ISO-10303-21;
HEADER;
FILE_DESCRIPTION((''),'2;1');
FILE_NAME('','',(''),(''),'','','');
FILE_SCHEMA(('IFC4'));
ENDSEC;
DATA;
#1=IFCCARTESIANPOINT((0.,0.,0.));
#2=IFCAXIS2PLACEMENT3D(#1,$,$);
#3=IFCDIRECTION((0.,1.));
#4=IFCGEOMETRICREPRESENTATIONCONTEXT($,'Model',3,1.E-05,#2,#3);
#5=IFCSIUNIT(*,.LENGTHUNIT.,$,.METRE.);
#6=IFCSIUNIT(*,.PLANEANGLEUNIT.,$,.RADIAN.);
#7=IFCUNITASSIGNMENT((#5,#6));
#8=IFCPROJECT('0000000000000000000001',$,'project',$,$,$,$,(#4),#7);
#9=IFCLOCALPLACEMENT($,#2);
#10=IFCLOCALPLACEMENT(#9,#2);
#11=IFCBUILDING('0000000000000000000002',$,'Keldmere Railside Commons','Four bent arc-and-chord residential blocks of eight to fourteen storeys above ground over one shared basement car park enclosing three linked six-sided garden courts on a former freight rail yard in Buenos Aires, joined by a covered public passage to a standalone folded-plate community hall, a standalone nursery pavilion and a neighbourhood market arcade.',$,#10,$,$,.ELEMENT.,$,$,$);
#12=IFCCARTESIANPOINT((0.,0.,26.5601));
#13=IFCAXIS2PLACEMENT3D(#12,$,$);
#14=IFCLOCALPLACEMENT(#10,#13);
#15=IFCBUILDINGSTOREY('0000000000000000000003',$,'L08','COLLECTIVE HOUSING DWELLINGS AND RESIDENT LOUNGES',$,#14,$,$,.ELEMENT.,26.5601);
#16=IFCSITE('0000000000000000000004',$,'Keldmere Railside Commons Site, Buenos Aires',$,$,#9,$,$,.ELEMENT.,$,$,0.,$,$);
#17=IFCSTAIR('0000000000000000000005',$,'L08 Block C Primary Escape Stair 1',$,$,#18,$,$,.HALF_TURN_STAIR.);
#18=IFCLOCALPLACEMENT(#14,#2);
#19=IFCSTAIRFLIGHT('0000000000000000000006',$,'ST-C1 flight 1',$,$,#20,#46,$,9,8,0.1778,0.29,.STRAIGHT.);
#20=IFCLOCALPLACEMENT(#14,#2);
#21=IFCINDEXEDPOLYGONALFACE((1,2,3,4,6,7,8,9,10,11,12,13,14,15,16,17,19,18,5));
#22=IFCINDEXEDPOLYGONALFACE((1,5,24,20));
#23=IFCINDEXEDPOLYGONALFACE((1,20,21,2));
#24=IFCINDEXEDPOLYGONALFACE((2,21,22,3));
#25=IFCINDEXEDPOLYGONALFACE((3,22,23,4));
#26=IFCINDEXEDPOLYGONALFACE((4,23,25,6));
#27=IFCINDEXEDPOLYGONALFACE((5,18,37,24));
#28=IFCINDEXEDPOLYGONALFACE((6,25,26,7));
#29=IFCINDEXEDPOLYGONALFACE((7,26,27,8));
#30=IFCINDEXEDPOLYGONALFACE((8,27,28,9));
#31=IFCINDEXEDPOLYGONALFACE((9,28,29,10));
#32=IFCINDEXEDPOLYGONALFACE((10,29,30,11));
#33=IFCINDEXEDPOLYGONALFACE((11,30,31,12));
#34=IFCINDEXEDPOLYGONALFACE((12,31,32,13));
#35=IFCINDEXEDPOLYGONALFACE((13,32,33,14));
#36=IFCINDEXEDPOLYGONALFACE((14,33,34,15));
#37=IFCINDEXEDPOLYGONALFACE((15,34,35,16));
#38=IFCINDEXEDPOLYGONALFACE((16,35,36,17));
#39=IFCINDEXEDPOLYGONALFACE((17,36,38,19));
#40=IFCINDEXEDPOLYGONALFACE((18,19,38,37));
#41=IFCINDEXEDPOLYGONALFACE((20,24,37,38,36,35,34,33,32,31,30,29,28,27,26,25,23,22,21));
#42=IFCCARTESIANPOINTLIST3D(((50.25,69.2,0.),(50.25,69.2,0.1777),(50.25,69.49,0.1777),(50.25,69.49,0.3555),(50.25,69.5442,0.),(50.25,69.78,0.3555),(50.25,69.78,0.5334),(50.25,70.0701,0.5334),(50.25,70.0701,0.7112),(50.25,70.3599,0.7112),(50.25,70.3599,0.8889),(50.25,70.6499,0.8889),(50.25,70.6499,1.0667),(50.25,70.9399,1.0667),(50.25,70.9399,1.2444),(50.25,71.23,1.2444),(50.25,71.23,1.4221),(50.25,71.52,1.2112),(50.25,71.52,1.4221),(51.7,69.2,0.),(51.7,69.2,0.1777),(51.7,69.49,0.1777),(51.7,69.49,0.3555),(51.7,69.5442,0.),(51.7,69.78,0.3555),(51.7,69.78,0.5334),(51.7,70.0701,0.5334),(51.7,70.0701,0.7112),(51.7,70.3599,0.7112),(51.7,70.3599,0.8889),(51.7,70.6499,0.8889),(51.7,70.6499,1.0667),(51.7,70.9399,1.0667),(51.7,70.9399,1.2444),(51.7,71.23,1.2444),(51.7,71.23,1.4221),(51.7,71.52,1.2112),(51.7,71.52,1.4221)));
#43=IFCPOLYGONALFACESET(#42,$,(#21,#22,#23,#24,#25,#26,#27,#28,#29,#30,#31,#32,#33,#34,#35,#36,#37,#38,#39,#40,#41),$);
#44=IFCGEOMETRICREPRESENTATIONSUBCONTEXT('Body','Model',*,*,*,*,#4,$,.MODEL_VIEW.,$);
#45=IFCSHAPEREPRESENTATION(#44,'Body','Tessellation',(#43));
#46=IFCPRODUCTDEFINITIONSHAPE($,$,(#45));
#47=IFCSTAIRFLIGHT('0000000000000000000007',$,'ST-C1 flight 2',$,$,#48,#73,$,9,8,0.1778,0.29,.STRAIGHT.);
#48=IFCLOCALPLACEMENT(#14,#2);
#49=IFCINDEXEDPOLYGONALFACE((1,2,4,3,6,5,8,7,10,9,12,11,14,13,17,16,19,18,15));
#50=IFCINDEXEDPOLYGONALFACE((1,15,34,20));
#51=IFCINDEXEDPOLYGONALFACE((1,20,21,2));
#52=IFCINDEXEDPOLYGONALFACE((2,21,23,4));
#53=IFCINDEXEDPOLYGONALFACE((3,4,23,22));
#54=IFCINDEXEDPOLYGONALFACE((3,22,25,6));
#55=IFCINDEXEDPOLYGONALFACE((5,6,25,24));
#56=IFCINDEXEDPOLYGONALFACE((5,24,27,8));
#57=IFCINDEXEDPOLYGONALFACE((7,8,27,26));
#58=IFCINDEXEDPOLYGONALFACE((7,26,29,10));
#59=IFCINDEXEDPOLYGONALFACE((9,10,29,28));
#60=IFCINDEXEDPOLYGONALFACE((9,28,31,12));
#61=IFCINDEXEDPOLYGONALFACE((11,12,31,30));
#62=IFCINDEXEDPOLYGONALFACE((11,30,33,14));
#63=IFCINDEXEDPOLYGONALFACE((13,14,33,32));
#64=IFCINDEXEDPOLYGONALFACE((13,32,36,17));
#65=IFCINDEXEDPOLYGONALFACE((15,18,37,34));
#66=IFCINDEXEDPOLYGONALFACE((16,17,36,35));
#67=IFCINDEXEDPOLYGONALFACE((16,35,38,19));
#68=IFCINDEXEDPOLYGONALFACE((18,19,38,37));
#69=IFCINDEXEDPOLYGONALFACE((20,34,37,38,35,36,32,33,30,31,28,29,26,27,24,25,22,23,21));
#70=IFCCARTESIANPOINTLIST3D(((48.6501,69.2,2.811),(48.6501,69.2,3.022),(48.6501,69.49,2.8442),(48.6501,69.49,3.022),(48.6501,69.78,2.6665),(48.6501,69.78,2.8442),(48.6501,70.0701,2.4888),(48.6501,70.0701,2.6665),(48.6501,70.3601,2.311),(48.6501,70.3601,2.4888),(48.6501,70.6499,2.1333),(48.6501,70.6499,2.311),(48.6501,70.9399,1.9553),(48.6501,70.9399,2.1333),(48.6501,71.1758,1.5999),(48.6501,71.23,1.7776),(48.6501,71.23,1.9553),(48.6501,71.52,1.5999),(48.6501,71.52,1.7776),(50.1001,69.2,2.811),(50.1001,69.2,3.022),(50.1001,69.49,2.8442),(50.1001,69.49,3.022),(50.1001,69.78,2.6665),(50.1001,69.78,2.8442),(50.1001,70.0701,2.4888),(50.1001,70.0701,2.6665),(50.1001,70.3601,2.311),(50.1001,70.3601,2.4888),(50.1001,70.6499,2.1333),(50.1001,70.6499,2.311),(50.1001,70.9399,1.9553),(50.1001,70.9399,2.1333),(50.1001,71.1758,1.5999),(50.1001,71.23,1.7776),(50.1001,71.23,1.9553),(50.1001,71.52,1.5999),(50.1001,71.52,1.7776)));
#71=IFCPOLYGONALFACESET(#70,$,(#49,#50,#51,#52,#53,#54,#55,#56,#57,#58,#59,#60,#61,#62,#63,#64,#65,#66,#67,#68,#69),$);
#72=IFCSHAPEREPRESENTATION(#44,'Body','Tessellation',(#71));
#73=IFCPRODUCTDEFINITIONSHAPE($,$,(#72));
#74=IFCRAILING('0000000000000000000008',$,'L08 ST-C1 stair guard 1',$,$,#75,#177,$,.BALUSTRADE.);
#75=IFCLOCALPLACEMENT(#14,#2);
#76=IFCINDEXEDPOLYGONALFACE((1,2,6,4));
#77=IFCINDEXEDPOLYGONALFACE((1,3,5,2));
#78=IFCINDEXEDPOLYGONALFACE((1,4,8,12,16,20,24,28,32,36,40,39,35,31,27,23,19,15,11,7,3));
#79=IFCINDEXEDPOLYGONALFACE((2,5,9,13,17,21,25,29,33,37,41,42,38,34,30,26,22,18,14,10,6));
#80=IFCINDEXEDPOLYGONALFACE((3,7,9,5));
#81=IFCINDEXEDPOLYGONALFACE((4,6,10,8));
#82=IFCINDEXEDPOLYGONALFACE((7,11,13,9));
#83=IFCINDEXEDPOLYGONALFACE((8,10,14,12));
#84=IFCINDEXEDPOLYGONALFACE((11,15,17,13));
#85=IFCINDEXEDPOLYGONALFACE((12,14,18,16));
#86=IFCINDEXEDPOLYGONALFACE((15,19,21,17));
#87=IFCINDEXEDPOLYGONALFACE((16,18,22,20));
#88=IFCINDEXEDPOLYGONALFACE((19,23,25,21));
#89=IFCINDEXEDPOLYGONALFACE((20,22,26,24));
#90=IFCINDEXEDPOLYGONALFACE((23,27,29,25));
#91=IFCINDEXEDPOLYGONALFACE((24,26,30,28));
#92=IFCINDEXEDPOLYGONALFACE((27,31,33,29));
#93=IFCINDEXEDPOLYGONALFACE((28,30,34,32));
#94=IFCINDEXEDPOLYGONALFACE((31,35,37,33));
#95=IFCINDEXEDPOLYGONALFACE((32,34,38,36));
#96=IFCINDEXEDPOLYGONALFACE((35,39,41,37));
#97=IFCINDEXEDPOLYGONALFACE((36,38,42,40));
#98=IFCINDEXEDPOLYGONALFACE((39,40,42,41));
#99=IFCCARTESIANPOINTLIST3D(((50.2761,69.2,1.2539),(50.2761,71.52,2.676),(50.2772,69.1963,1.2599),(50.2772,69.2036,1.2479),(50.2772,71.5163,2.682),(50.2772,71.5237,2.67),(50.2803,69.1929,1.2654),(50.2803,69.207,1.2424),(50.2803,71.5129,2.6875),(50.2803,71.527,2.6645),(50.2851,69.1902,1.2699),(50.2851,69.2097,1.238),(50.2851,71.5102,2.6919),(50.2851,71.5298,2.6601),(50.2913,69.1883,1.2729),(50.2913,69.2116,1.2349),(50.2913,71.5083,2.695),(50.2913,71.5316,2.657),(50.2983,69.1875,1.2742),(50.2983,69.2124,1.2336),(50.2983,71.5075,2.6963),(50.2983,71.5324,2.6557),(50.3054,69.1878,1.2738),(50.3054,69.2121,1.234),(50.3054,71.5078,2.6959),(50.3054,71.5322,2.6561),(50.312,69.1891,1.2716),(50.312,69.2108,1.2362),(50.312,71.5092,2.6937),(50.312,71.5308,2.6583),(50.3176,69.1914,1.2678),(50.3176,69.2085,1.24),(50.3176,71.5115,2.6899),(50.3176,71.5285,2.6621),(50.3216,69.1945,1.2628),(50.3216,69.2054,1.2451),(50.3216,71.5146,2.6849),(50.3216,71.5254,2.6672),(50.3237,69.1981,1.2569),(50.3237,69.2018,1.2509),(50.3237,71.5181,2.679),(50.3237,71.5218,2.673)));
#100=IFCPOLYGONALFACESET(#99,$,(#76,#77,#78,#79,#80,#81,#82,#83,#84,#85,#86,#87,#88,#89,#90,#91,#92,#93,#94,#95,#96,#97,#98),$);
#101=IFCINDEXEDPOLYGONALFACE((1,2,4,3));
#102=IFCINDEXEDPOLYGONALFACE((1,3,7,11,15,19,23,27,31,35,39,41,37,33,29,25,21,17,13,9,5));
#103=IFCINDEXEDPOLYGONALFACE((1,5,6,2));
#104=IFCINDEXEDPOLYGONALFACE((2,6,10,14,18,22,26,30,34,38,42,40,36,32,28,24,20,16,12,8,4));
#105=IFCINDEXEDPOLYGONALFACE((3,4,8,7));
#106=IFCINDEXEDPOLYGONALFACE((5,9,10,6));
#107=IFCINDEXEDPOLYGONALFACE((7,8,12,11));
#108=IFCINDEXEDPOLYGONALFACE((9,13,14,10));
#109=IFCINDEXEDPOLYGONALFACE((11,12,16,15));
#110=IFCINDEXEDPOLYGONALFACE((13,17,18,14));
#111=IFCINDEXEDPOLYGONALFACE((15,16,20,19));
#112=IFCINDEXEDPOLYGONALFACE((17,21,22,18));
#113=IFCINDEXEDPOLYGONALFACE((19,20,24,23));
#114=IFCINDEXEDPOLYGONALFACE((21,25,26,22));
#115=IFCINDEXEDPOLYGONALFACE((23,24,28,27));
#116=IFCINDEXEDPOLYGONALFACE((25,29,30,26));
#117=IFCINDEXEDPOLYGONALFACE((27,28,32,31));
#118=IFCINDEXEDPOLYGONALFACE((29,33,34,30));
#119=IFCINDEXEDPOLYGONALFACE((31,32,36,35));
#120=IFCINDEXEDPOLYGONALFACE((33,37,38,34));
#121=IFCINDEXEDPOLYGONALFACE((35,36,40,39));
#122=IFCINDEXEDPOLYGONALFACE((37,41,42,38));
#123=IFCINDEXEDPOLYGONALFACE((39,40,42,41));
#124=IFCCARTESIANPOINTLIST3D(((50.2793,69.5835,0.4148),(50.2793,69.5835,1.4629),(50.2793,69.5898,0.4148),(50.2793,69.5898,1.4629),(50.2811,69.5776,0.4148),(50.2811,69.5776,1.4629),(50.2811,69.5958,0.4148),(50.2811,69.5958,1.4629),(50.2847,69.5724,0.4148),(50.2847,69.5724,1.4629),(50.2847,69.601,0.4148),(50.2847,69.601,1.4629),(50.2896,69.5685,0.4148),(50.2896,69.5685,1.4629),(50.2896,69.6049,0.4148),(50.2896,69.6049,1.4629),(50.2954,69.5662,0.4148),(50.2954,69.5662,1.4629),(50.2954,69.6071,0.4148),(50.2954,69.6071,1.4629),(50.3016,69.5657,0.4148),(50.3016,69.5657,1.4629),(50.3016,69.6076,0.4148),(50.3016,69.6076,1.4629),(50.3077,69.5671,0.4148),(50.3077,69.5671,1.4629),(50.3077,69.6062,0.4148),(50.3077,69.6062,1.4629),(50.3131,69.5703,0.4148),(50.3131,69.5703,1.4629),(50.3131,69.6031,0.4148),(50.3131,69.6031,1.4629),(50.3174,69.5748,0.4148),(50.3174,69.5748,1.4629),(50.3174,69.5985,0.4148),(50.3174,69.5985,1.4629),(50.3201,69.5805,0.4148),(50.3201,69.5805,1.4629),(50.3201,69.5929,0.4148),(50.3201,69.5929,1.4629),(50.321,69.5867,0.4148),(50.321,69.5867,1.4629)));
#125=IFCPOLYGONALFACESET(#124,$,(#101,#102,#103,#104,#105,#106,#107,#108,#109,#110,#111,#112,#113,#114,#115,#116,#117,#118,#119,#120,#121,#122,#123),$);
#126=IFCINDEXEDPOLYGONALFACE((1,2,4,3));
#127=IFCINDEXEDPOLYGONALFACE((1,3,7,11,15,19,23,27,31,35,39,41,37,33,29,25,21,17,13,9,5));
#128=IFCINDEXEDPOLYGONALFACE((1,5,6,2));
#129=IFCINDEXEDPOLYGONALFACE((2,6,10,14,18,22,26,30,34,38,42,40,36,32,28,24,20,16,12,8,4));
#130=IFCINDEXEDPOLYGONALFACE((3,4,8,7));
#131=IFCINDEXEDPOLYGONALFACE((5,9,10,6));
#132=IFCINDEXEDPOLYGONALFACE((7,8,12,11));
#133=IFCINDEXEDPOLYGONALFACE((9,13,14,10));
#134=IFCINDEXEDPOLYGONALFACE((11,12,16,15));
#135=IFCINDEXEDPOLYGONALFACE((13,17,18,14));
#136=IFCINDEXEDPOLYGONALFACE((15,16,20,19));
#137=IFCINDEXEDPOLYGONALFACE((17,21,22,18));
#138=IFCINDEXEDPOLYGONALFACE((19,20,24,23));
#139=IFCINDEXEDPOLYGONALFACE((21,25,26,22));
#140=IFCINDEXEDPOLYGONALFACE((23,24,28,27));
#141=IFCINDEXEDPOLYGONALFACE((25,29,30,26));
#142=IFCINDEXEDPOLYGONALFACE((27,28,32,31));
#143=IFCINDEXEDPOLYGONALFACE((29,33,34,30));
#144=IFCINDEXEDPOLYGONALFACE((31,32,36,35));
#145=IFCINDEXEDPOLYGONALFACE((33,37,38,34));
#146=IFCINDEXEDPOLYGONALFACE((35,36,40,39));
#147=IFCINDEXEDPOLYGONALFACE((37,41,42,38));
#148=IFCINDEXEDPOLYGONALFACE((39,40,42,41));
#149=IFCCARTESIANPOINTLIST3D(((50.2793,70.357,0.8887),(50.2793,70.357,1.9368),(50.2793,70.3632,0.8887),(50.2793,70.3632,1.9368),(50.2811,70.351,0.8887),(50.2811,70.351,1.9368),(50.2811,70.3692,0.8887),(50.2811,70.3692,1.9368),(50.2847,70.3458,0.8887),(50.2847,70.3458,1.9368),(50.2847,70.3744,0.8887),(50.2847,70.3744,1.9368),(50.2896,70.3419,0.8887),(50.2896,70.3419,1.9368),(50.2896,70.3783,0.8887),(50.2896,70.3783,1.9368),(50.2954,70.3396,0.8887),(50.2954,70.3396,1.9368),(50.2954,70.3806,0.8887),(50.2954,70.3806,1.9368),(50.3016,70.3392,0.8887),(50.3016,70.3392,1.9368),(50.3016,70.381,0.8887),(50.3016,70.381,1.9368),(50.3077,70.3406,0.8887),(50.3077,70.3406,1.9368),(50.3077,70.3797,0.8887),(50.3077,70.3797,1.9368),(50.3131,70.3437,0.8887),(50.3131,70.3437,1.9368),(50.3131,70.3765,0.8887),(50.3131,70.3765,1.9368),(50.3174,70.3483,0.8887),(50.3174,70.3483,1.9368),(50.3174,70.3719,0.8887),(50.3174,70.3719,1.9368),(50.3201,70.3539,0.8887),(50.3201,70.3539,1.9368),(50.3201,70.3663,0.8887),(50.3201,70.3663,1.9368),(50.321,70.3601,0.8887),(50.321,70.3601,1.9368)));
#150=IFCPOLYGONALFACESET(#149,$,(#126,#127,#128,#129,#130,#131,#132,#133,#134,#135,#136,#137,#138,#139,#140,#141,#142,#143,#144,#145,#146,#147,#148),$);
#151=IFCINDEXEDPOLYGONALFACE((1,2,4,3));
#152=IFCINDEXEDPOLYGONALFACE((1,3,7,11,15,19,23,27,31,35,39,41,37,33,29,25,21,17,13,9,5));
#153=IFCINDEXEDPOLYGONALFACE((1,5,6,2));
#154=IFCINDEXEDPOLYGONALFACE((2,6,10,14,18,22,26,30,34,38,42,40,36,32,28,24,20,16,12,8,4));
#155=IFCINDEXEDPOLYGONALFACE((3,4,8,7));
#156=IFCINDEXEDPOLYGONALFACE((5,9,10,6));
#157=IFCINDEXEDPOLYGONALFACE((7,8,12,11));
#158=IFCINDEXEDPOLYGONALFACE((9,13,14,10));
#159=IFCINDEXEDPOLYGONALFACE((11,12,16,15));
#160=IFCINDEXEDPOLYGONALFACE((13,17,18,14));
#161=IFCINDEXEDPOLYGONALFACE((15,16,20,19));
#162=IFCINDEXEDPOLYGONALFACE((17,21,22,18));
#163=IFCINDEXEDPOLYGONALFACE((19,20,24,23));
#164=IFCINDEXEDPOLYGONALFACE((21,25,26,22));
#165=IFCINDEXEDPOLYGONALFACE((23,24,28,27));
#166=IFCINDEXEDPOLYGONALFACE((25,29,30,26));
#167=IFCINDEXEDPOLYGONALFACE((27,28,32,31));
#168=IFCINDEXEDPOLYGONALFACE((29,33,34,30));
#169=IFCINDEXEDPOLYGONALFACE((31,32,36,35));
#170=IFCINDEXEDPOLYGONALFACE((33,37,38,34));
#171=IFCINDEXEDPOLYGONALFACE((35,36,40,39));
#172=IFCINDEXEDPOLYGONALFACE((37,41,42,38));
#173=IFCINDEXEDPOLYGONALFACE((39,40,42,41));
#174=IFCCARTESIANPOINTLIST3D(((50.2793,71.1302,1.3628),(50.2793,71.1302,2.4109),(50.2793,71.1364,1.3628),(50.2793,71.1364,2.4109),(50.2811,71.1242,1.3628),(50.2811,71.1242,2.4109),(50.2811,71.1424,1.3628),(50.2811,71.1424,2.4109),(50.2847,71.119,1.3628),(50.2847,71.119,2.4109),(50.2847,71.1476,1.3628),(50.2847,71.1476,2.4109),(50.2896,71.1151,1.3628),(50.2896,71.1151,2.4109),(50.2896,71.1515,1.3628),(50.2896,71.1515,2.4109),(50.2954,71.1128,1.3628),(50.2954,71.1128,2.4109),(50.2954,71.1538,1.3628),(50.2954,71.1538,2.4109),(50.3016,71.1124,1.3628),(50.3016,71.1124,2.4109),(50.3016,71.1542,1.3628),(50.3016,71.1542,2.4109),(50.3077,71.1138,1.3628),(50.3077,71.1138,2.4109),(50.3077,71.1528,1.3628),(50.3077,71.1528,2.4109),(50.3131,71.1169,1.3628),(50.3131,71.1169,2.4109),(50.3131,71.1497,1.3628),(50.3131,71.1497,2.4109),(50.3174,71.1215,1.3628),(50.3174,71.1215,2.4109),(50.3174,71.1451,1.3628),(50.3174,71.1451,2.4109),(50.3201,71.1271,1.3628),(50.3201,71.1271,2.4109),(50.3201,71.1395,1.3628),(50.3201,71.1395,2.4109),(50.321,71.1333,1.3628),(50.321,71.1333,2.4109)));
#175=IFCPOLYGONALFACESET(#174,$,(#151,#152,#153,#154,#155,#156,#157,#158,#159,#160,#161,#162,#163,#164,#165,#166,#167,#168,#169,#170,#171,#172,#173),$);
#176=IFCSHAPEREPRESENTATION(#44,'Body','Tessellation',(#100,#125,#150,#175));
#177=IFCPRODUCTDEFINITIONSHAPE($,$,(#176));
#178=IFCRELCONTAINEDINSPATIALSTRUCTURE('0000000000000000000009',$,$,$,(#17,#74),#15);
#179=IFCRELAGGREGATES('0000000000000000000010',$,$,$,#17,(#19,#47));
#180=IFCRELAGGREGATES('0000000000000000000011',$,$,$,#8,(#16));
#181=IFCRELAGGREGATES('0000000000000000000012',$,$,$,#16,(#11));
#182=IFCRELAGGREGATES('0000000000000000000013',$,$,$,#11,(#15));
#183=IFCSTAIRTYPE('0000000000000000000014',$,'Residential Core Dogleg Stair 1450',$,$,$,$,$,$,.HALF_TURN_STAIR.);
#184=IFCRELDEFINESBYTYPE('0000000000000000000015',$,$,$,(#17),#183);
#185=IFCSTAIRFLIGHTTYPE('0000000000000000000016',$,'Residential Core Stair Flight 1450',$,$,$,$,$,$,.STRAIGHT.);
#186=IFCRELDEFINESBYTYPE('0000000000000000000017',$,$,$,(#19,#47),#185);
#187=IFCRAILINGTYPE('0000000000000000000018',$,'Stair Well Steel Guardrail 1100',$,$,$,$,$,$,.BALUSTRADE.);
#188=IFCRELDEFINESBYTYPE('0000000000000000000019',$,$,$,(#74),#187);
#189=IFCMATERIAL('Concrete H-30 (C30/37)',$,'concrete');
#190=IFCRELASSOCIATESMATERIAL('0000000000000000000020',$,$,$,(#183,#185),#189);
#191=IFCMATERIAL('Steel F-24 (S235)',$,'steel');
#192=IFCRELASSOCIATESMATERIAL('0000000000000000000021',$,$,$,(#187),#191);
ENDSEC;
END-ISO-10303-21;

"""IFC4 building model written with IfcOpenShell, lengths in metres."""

from ifc_helpers import new_model, si_unit, direction, frame, origin, origin_2d, place, context, subcontext, project, spatial, polyline, circle, outline, extrude, material, type_object, element, aggregate, save


model = new_model("IFC4")

# Units and contexts
model_context = context("Model", 3, precision=1e-05, world=origin(), true_north=direction((0.0, 1.0)))
body_context = subcontext(model_context, "Body", "Model", "MODEL_VIEW")
ifc_project = project(units=[si_unit("LENGTHUNIT", "METRE"), si_unit("PLANEANGLEUNIT", "RADIAN")], contexts=[model_context])

# Site, building, storey
site_placement = place(None, origin())
site = spatial("IfcSite", under=ifc_project, at=site_placement, Name="Keldmere Railside Commons Site, Buenos Aires", CompositionType="ELEMENT", RefElevation=0.0)
building_placement = place(site_placement, origin())
building = spatial("IfcBuilding", under=site, at=building_placement, Name="Keldmere Railside Commons", Description="Four bent arc-and-chord residential blocks of eight to fourteen storeys above ground over one shared basement car park enclosing three linked six-sided garden courts on a former freight rail yard in Buenos Aires, joined by a covered public passage to a standalone folded-plate community hall, a standalone nursery pavilion and a neighbourhood market arcade.", CompositionType="ELEMENT")
storey_placement = place(building_placement, frame((0.0, 0.0, 26.5601)))
storey = spatial("IfcBuildingStorey", under=building, at=storey_placement, Name="L08", Description="COLLECTIVE HOUSING DWELLINGS AND RESIDENT LOUNGES", CompositionType="ELEMENT", Elevation=26.5601)

# Shared definitions
ifc_material_1 = material(Name="Concrete H-30 (C30/37)", Category="concrete")

# Shared definitions
ifc_material_2 = material(Name="Steel F-24 (S235)", Category="steel")

# Stair, stair flights
stair_type = type_object("IfcStairType", Name="Residential Core Dogleg Stair 1450", PredefinedType="HALF_TURN_STAIR", material=ifc_material_1)
stair_placement = place(storey_placement, origin())
stair = element("IfcStair", 1, at=stair_placement, inside=storey, type_object=stair_type, Name="L08 Block C Primary Escape Stair 1", PredefinedType="HALF_TURN_STAIR")
stair_flight_type = type_object("IfcStairFlightType", Name="Residential Core Stair Flight 1450", PredefinedType="STRAIGHT", material=ifc_material_1)
stair_flight_1_placement = place(storey_placement, frame((50.9751, 69.2, 0.0), z_axis=(0.0, 0.0, 1.0), x_axis=(0.0, 1.0, 0.0)))
stair_flight_1 = element("IfcStairFlight", 2, at=stair_flight_1_placement, type_object=stair_flight_type, Name="ST-C1 flight 1", NumberOfRisers=9, NumberOfTreads=8, PredefinedType="STRAIGHT", RiserHeight=0.1778, TreadLength=0.29, context=body_context, shape_type="SweptSolid", body=[
    extrude(outline(polyline([(0.0, 0.0), (0.0, 0.1777), (0.29, 0.1777), (0.29, 0.3555), (0.5801, 0.3555), (0.5801, 0.5334), (0.8701, 0.5334), (0.8701, 0.7112), (1.1599, 0.7112), (1.1599, 0.8889), (1.45, 0.8889), (1.45, 1.0667), (1.74, 1.0667), (1.74, 1.2444), (2.03, 1.2444), (2.03, 1.4221), (2.3201, 1.4221), (2.3201, 1.6001), (2.3201, 1.2112), (0.3442, 0.0), (0.0, 0.0)])), frame((0.0, 0.7251, 0.0), z_axis=(0.0, -1.0, 0.0), x_axis=(1.0, 0.0, 0.0)), (0.0, 0.0, 1.0), 1.45),
])
stair_flight_2_placement = place(storey_placement, frame((49.375, 71.52, 1.5999), z_axis=(0.0, 0.0, 1.0), x_axis=(0.0, -1.0, 0.0)))
stair_flight_2 = element("IfcStairFlight", 3, at=stair_flight_2_placement, type_object=stair_flight_type, Name="ST-C1 flight 2", NumberOfRisers=9, NumberOfTreads=8, PredefinedType="STRAIGHT", RiserHeight=0.1778, TreadLength=0.29, context=body_context, shape_type="SweptSolid", body=[
    extrude(outline(polyline([(0.0, 0.0), (0.0, 0.1777), (0.29, 0.1777), (0.29, 0.3555), (0.5801, 0.3555), (0.5801, 0.5334), (0.8701, 0.5334), (0.8701, 0.7112), (1.1599, 0.7112), (1.1599, 0.8889), (1.45, 0.8889), (1.45, 1.0667), (1.74, 1.0667), (1.74, 1.2444), (2.03, 1.2444), (2.03, 1.4221), (2.3201, 1.4221), (2.3201, 1.6001), (2.3201, 1.2112), (0.3442, 0.0), (0.0, 0.0)])), frame((0.0, 0.7251, 0.0), z_axis=(0.0, -1.0, 0.0), x_axis=(1.0, 0.0, 0.0)), (0.0, 0.0, 1.0), 1.45),
])
aggregate(stair, [stair_flight_1, stair_flight_2])

# Railing
railing_type_1 = type_object("IfcRailingType", Name="Stair Well Steel Guardrail 1100", PredefinedType="BALUSTRADE", material=ifc_material_2)
railing_1_placement = place(storey_placement, frame((50.3, 69.2, 0.1777)))
element("IfcRailing", 4, at=railing_1_placement, inside=storey, type_object=railing_type_1, Name="L08 ST-C1 stair guard 1", PredefinedType="BALUSTRADE", context=body_context, shape_type="SweptSolid", body=[
    extrude(circle(Radius=0.0239, at=origin_2d()), frame((0.0, 0.0, 1.0762), z_axis=(0.0, 0.852578, 0.5226), x_axis=(-1.0, 0.0, 0.0)), (0.0, 0.0, 1.0), 2.7212),
    extrude(circle(Radius=0.021, at=origin_2d()), frame((0.0, 0.3867, 0.2371)), (0.0, 0.0, 1.0), 1.0481),
    extrude(circle(Radius=0.021, at=origin_2d()), frame((0.0, 1.1602, 0.7109)), (0.0, 0.0, 1.0), 1.0481),
    extrude(circle(Radius=0.021, at=origin_2d()), frame((0.0, 1.9333, 1.1851)), (0.0, 0.0, 1.0), 1.0481),
])

save(model, "model.ifc")
